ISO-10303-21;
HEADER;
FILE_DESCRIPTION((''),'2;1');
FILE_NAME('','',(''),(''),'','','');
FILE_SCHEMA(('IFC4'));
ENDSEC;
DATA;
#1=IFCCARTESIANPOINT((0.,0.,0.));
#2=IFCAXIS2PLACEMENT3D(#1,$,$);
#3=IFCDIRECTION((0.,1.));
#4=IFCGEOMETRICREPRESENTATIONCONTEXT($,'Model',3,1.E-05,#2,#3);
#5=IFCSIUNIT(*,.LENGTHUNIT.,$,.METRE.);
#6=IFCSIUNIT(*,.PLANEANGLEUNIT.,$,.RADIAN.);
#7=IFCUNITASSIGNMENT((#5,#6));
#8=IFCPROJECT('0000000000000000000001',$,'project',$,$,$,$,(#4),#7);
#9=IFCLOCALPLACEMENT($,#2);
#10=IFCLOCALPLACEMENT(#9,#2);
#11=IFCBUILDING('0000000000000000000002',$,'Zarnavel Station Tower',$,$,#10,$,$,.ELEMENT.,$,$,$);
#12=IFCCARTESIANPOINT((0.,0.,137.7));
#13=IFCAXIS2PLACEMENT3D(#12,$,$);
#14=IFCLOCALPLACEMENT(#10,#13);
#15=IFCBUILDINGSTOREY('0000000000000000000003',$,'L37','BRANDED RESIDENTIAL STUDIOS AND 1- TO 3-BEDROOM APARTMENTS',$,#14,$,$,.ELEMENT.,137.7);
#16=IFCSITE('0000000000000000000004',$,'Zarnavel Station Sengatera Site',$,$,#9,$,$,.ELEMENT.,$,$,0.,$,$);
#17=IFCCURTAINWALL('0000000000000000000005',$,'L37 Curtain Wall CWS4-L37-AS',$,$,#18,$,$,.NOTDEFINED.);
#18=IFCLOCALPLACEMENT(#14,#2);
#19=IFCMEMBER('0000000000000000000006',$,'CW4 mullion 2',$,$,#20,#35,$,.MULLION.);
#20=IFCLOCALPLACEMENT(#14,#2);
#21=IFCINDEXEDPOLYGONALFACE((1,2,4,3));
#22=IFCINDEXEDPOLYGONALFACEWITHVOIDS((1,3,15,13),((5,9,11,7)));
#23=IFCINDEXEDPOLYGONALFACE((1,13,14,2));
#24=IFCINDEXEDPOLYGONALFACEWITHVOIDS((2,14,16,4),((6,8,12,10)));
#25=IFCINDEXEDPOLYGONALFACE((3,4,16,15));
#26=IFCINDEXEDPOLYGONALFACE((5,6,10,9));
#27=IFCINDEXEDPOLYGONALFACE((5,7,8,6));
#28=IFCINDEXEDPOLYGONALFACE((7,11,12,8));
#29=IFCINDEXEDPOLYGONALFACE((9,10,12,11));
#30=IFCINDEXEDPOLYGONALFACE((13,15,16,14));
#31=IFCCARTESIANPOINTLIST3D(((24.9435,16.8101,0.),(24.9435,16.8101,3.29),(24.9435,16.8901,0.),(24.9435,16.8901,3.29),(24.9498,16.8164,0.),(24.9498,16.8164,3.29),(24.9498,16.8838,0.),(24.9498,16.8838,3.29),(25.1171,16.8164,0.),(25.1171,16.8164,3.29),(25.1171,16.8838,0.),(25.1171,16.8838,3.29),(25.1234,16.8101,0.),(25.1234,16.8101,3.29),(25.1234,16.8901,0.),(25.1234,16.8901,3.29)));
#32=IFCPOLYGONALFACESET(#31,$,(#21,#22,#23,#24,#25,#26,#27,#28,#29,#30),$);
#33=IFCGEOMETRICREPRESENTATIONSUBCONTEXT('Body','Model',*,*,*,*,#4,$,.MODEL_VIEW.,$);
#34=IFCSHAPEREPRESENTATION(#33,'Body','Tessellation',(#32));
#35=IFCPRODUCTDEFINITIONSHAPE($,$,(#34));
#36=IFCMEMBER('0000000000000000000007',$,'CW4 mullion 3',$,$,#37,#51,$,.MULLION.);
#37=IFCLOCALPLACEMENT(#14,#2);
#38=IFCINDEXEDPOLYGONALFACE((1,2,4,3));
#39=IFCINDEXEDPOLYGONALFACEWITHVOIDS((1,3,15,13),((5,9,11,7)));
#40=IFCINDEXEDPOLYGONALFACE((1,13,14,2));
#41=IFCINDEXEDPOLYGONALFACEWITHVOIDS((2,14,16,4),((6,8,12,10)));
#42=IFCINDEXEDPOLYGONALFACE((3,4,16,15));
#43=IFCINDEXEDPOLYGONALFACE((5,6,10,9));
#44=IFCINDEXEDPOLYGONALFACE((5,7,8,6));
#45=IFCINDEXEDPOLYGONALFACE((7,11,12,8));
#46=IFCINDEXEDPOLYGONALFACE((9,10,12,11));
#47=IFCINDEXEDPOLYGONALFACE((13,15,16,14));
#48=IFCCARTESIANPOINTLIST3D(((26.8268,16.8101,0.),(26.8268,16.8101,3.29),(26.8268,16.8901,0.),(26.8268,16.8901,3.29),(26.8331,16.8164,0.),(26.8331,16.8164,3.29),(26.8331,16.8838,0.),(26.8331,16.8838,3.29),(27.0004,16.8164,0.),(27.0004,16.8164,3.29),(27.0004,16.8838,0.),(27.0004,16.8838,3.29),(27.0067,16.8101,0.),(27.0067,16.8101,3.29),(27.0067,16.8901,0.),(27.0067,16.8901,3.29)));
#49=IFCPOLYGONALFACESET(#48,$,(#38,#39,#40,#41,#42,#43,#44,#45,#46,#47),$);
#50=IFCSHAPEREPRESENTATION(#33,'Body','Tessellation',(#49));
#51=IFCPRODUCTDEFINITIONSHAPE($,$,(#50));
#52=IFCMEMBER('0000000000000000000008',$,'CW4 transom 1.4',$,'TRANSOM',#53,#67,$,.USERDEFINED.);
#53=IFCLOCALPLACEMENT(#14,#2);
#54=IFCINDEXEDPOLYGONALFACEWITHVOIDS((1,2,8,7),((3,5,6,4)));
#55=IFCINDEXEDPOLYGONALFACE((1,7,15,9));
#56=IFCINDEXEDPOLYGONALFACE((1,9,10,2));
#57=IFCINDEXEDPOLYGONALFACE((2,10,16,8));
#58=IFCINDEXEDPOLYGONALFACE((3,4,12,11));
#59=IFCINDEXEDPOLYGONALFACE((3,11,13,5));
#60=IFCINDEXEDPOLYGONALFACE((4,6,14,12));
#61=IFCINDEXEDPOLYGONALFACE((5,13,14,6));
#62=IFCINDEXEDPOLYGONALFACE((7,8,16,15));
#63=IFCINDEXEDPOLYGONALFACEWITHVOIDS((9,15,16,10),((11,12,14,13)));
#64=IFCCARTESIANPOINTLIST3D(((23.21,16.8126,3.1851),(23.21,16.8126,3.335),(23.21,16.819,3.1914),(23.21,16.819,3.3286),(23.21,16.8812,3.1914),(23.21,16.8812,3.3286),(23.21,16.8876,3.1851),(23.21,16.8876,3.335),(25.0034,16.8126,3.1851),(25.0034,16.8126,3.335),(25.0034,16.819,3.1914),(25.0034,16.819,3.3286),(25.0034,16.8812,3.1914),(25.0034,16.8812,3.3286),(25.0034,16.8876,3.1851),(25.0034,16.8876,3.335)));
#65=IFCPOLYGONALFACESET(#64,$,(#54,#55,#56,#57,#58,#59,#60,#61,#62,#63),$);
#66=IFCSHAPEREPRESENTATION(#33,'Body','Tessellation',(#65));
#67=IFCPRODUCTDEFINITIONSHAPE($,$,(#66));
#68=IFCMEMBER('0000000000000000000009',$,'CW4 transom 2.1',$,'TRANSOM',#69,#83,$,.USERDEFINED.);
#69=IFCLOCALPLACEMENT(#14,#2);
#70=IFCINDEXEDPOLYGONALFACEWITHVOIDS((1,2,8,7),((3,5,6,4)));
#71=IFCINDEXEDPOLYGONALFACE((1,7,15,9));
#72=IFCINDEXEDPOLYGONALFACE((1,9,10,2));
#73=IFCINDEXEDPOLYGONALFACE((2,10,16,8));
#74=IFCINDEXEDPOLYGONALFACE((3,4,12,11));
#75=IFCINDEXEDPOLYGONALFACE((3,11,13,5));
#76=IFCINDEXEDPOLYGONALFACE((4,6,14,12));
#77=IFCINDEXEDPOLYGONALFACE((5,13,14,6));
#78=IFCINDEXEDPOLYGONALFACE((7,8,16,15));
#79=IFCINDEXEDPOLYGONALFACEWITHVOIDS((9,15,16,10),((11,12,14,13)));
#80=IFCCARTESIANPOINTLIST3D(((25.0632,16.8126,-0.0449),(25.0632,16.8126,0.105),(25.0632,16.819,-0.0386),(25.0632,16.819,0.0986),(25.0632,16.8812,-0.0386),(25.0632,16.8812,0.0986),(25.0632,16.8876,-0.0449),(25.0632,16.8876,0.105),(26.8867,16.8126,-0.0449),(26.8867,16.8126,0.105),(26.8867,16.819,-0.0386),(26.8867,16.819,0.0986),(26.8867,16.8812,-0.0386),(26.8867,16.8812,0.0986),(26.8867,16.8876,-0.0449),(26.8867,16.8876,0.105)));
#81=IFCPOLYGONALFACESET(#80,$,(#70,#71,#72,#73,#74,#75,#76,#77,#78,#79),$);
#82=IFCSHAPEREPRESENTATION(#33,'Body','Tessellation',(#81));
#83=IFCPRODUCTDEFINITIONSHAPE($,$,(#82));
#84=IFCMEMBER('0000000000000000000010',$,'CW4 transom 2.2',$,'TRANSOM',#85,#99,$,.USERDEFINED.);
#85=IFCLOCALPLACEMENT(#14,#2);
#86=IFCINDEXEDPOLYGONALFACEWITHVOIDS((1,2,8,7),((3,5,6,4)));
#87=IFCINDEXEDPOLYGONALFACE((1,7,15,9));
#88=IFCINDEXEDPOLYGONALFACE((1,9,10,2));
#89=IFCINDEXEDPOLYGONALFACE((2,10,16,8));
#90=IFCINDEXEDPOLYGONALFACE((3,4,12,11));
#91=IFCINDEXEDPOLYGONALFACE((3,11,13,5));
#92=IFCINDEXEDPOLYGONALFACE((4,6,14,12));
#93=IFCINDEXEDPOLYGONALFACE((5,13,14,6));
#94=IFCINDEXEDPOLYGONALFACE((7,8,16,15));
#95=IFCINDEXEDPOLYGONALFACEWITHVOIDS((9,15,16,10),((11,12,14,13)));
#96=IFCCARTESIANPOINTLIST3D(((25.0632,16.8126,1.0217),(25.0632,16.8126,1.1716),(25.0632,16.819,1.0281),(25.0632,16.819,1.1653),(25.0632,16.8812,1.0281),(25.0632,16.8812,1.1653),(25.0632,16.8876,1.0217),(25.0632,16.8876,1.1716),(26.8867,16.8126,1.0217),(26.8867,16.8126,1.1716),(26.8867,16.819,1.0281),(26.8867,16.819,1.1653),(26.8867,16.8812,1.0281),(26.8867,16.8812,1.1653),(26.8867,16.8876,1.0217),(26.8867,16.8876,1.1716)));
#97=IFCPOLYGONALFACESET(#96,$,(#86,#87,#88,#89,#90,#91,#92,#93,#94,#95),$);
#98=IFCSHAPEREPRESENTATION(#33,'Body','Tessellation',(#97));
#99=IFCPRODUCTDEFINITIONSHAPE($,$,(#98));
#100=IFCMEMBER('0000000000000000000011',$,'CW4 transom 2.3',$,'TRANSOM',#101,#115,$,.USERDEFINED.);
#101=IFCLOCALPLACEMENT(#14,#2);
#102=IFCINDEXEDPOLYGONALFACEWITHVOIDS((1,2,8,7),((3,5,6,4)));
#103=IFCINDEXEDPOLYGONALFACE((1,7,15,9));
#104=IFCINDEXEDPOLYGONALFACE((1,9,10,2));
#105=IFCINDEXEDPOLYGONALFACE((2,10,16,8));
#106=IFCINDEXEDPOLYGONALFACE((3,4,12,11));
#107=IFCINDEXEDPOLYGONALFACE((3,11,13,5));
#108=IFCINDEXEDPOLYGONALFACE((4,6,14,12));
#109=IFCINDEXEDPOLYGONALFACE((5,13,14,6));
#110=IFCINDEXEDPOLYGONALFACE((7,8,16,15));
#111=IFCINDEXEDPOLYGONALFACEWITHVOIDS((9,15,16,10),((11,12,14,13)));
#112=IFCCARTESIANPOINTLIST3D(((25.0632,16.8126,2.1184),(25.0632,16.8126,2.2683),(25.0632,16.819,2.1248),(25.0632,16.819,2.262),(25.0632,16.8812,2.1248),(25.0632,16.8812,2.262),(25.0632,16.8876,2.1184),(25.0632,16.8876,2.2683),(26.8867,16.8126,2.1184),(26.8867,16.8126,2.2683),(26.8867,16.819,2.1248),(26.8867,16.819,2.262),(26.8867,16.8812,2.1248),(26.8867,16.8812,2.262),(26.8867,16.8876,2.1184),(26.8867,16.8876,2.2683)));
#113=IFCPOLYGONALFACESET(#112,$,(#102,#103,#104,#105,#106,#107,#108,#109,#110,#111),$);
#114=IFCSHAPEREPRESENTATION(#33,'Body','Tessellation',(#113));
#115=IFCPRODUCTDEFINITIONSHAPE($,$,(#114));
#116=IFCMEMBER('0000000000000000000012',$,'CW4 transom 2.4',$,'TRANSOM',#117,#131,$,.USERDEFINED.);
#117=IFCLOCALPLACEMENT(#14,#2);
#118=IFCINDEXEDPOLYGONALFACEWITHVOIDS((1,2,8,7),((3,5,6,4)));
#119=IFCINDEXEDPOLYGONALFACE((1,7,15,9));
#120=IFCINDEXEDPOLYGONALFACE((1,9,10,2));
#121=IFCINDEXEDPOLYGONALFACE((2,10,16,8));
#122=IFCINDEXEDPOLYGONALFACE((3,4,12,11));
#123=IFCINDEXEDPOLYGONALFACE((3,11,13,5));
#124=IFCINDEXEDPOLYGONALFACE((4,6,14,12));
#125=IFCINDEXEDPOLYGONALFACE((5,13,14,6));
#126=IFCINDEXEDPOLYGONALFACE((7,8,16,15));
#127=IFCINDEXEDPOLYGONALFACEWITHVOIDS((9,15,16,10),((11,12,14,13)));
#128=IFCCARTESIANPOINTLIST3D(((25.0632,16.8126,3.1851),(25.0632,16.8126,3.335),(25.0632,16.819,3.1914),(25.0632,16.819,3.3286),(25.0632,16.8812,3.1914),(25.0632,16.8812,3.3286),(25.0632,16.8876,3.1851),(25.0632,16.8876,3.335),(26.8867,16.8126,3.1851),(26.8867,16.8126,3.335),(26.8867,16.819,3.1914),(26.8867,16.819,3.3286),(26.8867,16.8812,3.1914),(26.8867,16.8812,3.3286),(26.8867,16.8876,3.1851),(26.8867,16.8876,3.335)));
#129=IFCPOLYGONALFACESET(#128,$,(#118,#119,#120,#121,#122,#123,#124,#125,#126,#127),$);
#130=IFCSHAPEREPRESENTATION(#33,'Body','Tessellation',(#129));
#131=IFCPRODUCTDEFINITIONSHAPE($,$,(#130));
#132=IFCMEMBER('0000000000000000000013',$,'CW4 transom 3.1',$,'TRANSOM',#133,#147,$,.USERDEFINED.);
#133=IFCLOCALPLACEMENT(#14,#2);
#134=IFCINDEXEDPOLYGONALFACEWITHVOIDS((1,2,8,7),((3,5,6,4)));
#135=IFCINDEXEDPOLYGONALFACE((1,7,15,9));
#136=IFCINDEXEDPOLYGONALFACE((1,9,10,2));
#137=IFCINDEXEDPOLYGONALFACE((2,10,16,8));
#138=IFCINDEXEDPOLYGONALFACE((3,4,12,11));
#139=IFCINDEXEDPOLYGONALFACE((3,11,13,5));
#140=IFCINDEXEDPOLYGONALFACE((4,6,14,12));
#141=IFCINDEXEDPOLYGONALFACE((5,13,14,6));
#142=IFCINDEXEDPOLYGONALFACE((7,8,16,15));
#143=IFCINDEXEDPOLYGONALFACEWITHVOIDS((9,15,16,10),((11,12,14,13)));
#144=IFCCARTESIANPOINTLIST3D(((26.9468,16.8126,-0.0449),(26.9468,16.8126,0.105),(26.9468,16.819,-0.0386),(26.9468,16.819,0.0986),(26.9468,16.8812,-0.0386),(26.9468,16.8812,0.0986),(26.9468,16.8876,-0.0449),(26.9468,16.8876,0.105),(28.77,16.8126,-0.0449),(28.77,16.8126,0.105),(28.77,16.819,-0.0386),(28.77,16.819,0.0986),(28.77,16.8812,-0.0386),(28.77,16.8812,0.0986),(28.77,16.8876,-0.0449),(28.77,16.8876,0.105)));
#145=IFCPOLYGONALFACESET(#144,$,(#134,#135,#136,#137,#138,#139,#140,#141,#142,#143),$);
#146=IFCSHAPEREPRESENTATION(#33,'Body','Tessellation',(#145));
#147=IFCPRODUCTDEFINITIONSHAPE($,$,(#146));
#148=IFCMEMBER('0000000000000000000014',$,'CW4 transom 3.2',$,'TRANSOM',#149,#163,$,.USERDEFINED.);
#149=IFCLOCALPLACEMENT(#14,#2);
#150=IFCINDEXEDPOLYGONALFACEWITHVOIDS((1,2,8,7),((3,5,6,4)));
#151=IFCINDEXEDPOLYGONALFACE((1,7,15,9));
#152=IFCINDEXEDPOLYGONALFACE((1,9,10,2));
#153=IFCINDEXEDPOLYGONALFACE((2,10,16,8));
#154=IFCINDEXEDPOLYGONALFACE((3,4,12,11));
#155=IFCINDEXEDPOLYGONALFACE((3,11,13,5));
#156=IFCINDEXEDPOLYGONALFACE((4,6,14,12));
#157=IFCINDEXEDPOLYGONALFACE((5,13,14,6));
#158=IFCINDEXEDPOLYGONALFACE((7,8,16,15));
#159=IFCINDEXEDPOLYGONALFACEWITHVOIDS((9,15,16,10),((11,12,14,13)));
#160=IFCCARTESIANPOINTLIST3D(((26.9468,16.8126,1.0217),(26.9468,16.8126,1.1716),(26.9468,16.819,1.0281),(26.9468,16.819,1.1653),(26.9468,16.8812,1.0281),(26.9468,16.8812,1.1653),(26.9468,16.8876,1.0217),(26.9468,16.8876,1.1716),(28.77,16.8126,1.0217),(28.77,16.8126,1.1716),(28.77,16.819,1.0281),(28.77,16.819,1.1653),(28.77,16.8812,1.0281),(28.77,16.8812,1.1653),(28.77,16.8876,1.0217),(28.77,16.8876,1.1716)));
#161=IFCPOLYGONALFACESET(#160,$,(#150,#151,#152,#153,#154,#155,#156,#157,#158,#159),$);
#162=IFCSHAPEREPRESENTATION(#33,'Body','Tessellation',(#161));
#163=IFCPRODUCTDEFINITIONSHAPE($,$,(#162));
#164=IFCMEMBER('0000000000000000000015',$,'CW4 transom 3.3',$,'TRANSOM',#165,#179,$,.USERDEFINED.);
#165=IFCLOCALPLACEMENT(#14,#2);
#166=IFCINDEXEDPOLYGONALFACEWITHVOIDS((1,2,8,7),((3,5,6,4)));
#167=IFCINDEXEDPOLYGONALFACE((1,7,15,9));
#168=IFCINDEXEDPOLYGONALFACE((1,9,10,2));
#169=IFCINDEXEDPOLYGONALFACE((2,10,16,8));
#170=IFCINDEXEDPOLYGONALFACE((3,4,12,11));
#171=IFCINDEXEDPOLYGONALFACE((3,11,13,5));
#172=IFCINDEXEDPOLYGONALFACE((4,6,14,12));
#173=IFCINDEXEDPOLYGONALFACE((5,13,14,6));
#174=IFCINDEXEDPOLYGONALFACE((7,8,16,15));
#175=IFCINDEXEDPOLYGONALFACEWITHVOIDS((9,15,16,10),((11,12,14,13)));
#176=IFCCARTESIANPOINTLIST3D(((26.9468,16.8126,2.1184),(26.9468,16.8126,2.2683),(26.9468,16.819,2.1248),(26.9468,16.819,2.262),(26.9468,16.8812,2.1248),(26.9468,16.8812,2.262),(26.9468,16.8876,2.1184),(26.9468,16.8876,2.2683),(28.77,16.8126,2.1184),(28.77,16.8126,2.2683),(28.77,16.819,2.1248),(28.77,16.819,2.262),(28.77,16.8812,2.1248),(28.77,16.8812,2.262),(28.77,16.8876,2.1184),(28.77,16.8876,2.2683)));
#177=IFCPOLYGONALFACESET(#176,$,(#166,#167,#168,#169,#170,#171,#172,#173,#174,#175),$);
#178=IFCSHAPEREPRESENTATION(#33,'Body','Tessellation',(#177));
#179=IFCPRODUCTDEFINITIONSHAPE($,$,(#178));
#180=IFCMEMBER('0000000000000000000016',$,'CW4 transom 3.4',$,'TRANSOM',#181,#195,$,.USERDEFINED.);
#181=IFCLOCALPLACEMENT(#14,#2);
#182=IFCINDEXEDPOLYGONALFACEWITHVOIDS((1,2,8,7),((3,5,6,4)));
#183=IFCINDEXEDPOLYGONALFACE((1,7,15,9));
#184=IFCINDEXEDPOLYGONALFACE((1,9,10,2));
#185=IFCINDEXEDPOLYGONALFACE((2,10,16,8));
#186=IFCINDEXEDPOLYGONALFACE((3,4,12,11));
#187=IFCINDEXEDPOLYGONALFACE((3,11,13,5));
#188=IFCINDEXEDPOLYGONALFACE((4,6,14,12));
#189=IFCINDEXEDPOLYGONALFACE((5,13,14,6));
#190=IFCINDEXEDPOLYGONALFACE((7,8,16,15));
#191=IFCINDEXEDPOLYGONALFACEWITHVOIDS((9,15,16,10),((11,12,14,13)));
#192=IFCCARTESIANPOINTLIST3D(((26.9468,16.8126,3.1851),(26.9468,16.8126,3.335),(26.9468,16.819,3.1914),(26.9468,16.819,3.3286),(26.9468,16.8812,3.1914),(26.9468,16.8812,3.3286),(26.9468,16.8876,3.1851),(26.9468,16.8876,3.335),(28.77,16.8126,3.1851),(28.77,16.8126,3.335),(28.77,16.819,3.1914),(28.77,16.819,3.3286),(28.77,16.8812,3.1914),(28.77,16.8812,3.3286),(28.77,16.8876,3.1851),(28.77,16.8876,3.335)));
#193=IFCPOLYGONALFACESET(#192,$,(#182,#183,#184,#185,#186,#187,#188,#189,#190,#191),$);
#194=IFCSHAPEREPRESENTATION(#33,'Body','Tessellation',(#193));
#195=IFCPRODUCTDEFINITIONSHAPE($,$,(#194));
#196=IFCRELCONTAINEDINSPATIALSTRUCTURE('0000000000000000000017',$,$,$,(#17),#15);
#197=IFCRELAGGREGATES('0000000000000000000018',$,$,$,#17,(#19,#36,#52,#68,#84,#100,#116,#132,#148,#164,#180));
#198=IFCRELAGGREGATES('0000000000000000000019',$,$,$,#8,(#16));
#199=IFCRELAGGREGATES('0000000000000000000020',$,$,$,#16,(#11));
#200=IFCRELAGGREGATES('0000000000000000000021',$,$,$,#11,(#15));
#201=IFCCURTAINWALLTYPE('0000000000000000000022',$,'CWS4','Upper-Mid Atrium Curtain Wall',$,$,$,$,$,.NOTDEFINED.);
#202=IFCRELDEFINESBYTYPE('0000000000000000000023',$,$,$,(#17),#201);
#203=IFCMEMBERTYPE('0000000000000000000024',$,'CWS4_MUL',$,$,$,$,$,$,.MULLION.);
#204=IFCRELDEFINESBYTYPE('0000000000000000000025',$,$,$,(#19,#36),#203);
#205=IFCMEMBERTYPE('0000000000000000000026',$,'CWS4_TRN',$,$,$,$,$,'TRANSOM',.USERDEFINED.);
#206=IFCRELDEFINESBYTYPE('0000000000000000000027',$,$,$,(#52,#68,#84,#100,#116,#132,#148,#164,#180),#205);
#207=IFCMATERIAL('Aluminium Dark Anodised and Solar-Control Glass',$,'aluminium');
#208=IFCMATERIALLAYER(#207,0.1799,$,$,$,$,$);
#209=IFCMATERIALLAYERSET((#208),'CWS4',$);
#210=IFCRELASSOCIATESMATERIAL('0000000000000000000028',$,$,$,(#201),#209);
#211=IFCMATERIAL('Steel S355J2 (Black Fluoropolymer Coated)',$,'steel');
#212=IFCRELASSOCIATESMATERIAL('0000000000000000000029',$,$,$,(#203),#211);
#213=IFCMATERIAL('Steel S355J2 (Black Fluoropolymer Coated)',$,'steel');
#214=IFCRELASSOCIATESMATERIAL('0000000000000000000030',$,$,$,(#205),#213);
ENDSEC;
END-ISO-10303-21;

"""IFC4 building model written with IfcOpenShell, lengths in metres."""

from ifc_helpers import new_model, si_unit, direction, frame, origin, origin_2d, place, context, subcontext, project, spatial, hollow_rectangle, extrude, material, layer, layer_set, material_profile, profile_set, type_object, element, aggregate, save


model = new_model("IFC4")

# Units and contexts
model_context = context("Model", 3, precision=1e-05, world=origin(), true_north=direction((0.0, 1.0)))
body_context = subcontext(model_context, "Body", "Model", "MODEL_VIEW")
ifc_project = project(units=[si_unit("LENGTHUNIT", "METRE"), si_unit("PLANEANGLEUNIT", "RADIAN")], contexts=[model_context])

# Site, building, storey
site_placement = place(None, origin())
site = spatial("IfcSite", under=ifc_project, at=site_placement, Name="Zarnavel Station Sengatera Site", CompositionType="ELEMENT", RefElevation=0.0)
building_placement = place(site_placement, origin())
building = spatial("IfcBuilding", under=site, at=building_placement, Name="Zarnavel Station Tower", CompositionType="ELEMENT")
storey_placement = place(building_placement, frame((0.0, 0.0, 137.7)))
storey = spatial("IfcBuildingStorey", under=building, at=storey_placement, Name="L37", Description="BRANDED RESIDENTIAL STUDIOS AND 1- TO 3-BEDROOM APARTMENTS", CompositionType="ELEMENT", Elevation=137.7)

# Curtain wall, members
ifc_material_1 = material(Name="Aluminium Dark Anodised and Solar-Control Glass", Category="aluminium")
ifc_layer_1 = layer(ifc_material_1, 0.1799)
ifc_layer_set_1 = layer_set([ifc_layer_1], Name="CWS4")
curtain_wall_type = type_object("IfcCurtainWallType", Name="CWS4", Description="Upper-Mid Atrium Curtain Wall", PredefinedType="NOTDEFINED", material=ifc_layer_set_1)
curtain_wall_placement = place(storey_placement, origin())
curtain_wall = element("IfcCurtainWall", 1, at=curtain_wall_placement, inside=storey, type_object=curtain_wall_type, Name="L37 Curtain Wall CWS4-L37-AS", PredefinedType="NOTDEFINED")
ifc_material_2 = material(Name="Steel S355J2 (Black Fluoropolymer Coated)", Category="steel")
ifc_material_profile_1 = material_profile(ifc_material_2, hollow_rectangle(XDim=0.0801, YDim=0.1799, WallThickness=0.0063, at=origin_2d()), Name="RHS180x80x6.3")
ifc_profile_set_1 = profile_set([ifc_material_profile_1], Name="Steel S355J2 (Black Fluoropolymer Coated)")
member_type_1 = type_object("IfcMemberType", Name="CWS4_MUL", PredefinedType="MULLION", material=ifc_profile_set_1)
member_1_placement = place(storey_placement, frame((25.0334, 16.8501, 0.0), z_axis=(0.0, 0.0, 1.0), x_axis=(0.0, 1.0, 0.0)))
member_1 = element("IfcMember", 2, at=member_1_placement, type_object=member_type_1, Name="CW4 mullion 2", PredefinedType="MULLION", context=body_context, shape_type="SweptSolid", body=[
    extrude(hollow_rectangle(XDim=0.0801, YDim=0.1799, WallThickness=0.0063, at=origin_2d()), origin(), (0.0, 0.0, 1.0), 3.29),
])
member_2_placement = place(storey_placement, frame((26.9167, 16.8501, 0.0), z_axis=(0.0, 0.0, 1.0), x_axis=(0.0, 1.0, 0.0)))
member_2 = element("IfcMember", 3, at=member_2_placement, type_object=member_type_1, Name="CW4 mullion 3", PredefinedType="MULLION", context=body_context, shape_type="SweptSolid", body=[
    extrude(hollow_rectangle(XDim=0.0801, YDim=0.1799, WallThickness=0.0063, at=origin_2d()), origin(), (0.0, 0.0, 1.0), 3.29),
])
ifc_material_3 = material(Name="Steel S355J2 (Black Fluoropolymer Coated)", Category="steel")
ifc_material_profile_2 = material_profile(ifc_material_3, hollow_rectangle(XDim=0.075, YDim=0.1499, WallThickness=0.0063, at=origin_2d()), Name="RHS150x75x6.3")
ifc_profile_set_2 = profile_set([ifc_material_profile_2], Name="Steel S355J2 (Black Fluoropolymer Coated)")
member_type_2 = type_object("IfcMemberType", Name="CWS4_TRN", ElementType="TRANSOM", PredefinedType="USERDEFINED", material=ifc_profile_set_2)
member_3_placement = place(storey_placement, frame((23.21, 16.8501, 3.26), z_axis=(1.0, 0.0, 0.0), x_axis=(0.0, 1.0, 0.0)))
member_3 = element("IfcMember", 4, at=member_3_placement, type_object=member_type_2, Name="CW4 transom 1.4", ObjectType="TRANSOM", PredefinedType="USERDEFINED", context=body_context, shape_type="SweptSolid", body=[
    extrude(hollow_rectangle(XDim=0.075, YDim=0.1499, WallThickness=0.0063, at=origin_2d()), origin(), (0.0, 0.0, 1.0), 1.7935),
])
member_4_placement = place(storey_placement, frame((25.0632, 16.8501, 0.03), z_axis=(1.0, 0.0, 0.0), x_axis=(0.0, 1.0, 0.0)))
member_4 = element("IfcMember", 5, at=member_4_placement, type_object=member_type_2, Name="CW4 transom 2.1", ObjectType="TRANSOM", PredefinedType="USERDEFINED", context=body_context, shape_type="SweptSolid", body=[
    extrude(hollow_rectangle(XDim=0.075, YDim=0.1499, WallThickness=0.0063, at=origin_2d()), origin(), (0.0, 0.0, 1.0), 1.8235),
])
member_5_placement = place(storey_placement, frame((25.0632, 16.8501, 1.0967), z_axis=(1.0, 0.0, 0.0), x_axis=(0.0, 1.0, 0.0)))
member_5 = element("IfcMember", 6, at=member_5_placement, type_object=member_type_2, Name="CW4 transom 2.2", ObjectType="TRANSOM", PredefinedType="USERDEFINED", context=body_context, shape_type="SweptSolid", body=[
    extrude(hollow_rectangle(XDim=0.075, YDim=0.1499, WallThickness=0.0063, at=origin_2d()), origin(), (0.0, 0.0, 1.0), 1.8235),
])
member_6_placement = place(storey_placement, frame((25.0632, 16.8501, 2.1934), z_axis=(1.0, 0.0, 0.0), x_axis=(0.0, 1.0, 0.0)))
member_6 = element("IfcMember", 7, at=member_6_placement, type_object=member_type_2, Name="CW4 transom 2.3", ObjectType="TRANSOM", PredefinedType="USERDEFINED", context=body_context, shape_type="SweptSolid", body=[
    extrude(hollow_rectangle(XDim=0.075, YDim=0.1499, WallThickness=0.0063, at=origin_2d()), origin(), (0.0, 0.0, 1.0), 1.8235),
])
member_7_placement = place(storey_placement, frame((25.0632, 16.8501, 3.26), z_axis=(1.0, 0.0, 0.0), x_axis=(0.0, 1.0, 0.0)))
member_7 = element("IfcMember", 8, at=member_7_placement, type_object=member_type_2, Name="CW4 transom 2.4", ObjectType="TRANSOM", PredefinedType="USERDEFINED", context=body_context, shape_type="SweptSolid", body=[
    extrude(hollow_rectangle(XDim=0.075, YDim=0.1499, WallThickness=0.0063, at=origin_2d()), origin(), (0.0, 0.0, 1.0), 1.8235),
])
member_8_placement = place(storey_placement, frame((26.9468, 16.8501, 0.03), z_axis=(1.0, 0.0, 0.0), x_axis=(0.0, 1.0, 0.0)))
member_8 = element("IfcMember", 9, at=member_8_placement, type_object=member_type_2, Name="CW4 transom 3.1", ObjectType="TRANSOM", PredefinedType="USERDEFINED", context=body_context, shape_type="SweptSolid", body=[
    extrude(hollow_rectangle(XDim=0.075, YDim=0.1499, WallThickness=0.0063, at=origin_2d()), origin(), (0.0, 0.0, 1.0), 1.8232),
])
member_9_placement = place(storey_placement, frame((26.9468, 16.8501, 1.0967), z_axis=(1.0, 0.0, 0.0), x_axis=(0.0, 1.0, 0.0)))
member_9 = element("IfcMember", 10, at=member_9_placement, type_object=member_type_2, Name="CW4 transom 3.2", ObjectType="TRANSOM", PredefinedType="USERDEFINED", context=body_context, shape_type="SweptSolid", body=[
    extrude(hollow_rectangle(XDim=0.075, YDim=0.1499, WallThickness=0.0063, at=origin_2d()), origin(), (0.0, 0.0, 1.0), 1.8232),
])
member_10_placement = place(storey_placement, frame((26.9468, 16.8501, 2.1934), z_axis=(1.0, 0.0, 0.0), x_axis=(0.0, 1.0, 0.0)))
member_10 = element("IfcMember", 11, at=member_10_placement, type_object=member_type_2, Name="CW4 transom 3.3", ObjectType="TRANSOM", PredefinedType="USERDEFINED", context=body_context, shape_type="SweptSolid", body=[
    extrude(hollow_rectangle(XDim=0.075, YDim=0.1499, WallThickness=0.0063, at=origin_2d()), origin(), (0.0, 0.0, 1.0), 1.8232),
])
member_11_placement = place(storey_placement, frame((26.9468, 16.8501, 3.26), z_axis=(1.0, 0.0, 0.0), x_axis=(0.0, 1.0, 0.0)))
member_11 = element("IfcMember", 12, at=member_11_placement, type_object=member_type_2, Name="CW4 transom 3.4", ObjectType="TRANSOM", PredefinedType="USERDEFINED", context=body_context, shape_type="SweptSolid", body=[
    extrude(hollow_rectangle(XDim=0.075, YDim=0.1499, WallThickness=0.0063, at=origin_2d()), origin(), (0.0, 0.0, 1.0), 1.8232),
])
aggregate(curtain_wall, [member_1, member_2, member_3, member_4, member_5, member_6, member_7, member_8, member_9, member_10, member_11])

save(model, "model.ifc")
